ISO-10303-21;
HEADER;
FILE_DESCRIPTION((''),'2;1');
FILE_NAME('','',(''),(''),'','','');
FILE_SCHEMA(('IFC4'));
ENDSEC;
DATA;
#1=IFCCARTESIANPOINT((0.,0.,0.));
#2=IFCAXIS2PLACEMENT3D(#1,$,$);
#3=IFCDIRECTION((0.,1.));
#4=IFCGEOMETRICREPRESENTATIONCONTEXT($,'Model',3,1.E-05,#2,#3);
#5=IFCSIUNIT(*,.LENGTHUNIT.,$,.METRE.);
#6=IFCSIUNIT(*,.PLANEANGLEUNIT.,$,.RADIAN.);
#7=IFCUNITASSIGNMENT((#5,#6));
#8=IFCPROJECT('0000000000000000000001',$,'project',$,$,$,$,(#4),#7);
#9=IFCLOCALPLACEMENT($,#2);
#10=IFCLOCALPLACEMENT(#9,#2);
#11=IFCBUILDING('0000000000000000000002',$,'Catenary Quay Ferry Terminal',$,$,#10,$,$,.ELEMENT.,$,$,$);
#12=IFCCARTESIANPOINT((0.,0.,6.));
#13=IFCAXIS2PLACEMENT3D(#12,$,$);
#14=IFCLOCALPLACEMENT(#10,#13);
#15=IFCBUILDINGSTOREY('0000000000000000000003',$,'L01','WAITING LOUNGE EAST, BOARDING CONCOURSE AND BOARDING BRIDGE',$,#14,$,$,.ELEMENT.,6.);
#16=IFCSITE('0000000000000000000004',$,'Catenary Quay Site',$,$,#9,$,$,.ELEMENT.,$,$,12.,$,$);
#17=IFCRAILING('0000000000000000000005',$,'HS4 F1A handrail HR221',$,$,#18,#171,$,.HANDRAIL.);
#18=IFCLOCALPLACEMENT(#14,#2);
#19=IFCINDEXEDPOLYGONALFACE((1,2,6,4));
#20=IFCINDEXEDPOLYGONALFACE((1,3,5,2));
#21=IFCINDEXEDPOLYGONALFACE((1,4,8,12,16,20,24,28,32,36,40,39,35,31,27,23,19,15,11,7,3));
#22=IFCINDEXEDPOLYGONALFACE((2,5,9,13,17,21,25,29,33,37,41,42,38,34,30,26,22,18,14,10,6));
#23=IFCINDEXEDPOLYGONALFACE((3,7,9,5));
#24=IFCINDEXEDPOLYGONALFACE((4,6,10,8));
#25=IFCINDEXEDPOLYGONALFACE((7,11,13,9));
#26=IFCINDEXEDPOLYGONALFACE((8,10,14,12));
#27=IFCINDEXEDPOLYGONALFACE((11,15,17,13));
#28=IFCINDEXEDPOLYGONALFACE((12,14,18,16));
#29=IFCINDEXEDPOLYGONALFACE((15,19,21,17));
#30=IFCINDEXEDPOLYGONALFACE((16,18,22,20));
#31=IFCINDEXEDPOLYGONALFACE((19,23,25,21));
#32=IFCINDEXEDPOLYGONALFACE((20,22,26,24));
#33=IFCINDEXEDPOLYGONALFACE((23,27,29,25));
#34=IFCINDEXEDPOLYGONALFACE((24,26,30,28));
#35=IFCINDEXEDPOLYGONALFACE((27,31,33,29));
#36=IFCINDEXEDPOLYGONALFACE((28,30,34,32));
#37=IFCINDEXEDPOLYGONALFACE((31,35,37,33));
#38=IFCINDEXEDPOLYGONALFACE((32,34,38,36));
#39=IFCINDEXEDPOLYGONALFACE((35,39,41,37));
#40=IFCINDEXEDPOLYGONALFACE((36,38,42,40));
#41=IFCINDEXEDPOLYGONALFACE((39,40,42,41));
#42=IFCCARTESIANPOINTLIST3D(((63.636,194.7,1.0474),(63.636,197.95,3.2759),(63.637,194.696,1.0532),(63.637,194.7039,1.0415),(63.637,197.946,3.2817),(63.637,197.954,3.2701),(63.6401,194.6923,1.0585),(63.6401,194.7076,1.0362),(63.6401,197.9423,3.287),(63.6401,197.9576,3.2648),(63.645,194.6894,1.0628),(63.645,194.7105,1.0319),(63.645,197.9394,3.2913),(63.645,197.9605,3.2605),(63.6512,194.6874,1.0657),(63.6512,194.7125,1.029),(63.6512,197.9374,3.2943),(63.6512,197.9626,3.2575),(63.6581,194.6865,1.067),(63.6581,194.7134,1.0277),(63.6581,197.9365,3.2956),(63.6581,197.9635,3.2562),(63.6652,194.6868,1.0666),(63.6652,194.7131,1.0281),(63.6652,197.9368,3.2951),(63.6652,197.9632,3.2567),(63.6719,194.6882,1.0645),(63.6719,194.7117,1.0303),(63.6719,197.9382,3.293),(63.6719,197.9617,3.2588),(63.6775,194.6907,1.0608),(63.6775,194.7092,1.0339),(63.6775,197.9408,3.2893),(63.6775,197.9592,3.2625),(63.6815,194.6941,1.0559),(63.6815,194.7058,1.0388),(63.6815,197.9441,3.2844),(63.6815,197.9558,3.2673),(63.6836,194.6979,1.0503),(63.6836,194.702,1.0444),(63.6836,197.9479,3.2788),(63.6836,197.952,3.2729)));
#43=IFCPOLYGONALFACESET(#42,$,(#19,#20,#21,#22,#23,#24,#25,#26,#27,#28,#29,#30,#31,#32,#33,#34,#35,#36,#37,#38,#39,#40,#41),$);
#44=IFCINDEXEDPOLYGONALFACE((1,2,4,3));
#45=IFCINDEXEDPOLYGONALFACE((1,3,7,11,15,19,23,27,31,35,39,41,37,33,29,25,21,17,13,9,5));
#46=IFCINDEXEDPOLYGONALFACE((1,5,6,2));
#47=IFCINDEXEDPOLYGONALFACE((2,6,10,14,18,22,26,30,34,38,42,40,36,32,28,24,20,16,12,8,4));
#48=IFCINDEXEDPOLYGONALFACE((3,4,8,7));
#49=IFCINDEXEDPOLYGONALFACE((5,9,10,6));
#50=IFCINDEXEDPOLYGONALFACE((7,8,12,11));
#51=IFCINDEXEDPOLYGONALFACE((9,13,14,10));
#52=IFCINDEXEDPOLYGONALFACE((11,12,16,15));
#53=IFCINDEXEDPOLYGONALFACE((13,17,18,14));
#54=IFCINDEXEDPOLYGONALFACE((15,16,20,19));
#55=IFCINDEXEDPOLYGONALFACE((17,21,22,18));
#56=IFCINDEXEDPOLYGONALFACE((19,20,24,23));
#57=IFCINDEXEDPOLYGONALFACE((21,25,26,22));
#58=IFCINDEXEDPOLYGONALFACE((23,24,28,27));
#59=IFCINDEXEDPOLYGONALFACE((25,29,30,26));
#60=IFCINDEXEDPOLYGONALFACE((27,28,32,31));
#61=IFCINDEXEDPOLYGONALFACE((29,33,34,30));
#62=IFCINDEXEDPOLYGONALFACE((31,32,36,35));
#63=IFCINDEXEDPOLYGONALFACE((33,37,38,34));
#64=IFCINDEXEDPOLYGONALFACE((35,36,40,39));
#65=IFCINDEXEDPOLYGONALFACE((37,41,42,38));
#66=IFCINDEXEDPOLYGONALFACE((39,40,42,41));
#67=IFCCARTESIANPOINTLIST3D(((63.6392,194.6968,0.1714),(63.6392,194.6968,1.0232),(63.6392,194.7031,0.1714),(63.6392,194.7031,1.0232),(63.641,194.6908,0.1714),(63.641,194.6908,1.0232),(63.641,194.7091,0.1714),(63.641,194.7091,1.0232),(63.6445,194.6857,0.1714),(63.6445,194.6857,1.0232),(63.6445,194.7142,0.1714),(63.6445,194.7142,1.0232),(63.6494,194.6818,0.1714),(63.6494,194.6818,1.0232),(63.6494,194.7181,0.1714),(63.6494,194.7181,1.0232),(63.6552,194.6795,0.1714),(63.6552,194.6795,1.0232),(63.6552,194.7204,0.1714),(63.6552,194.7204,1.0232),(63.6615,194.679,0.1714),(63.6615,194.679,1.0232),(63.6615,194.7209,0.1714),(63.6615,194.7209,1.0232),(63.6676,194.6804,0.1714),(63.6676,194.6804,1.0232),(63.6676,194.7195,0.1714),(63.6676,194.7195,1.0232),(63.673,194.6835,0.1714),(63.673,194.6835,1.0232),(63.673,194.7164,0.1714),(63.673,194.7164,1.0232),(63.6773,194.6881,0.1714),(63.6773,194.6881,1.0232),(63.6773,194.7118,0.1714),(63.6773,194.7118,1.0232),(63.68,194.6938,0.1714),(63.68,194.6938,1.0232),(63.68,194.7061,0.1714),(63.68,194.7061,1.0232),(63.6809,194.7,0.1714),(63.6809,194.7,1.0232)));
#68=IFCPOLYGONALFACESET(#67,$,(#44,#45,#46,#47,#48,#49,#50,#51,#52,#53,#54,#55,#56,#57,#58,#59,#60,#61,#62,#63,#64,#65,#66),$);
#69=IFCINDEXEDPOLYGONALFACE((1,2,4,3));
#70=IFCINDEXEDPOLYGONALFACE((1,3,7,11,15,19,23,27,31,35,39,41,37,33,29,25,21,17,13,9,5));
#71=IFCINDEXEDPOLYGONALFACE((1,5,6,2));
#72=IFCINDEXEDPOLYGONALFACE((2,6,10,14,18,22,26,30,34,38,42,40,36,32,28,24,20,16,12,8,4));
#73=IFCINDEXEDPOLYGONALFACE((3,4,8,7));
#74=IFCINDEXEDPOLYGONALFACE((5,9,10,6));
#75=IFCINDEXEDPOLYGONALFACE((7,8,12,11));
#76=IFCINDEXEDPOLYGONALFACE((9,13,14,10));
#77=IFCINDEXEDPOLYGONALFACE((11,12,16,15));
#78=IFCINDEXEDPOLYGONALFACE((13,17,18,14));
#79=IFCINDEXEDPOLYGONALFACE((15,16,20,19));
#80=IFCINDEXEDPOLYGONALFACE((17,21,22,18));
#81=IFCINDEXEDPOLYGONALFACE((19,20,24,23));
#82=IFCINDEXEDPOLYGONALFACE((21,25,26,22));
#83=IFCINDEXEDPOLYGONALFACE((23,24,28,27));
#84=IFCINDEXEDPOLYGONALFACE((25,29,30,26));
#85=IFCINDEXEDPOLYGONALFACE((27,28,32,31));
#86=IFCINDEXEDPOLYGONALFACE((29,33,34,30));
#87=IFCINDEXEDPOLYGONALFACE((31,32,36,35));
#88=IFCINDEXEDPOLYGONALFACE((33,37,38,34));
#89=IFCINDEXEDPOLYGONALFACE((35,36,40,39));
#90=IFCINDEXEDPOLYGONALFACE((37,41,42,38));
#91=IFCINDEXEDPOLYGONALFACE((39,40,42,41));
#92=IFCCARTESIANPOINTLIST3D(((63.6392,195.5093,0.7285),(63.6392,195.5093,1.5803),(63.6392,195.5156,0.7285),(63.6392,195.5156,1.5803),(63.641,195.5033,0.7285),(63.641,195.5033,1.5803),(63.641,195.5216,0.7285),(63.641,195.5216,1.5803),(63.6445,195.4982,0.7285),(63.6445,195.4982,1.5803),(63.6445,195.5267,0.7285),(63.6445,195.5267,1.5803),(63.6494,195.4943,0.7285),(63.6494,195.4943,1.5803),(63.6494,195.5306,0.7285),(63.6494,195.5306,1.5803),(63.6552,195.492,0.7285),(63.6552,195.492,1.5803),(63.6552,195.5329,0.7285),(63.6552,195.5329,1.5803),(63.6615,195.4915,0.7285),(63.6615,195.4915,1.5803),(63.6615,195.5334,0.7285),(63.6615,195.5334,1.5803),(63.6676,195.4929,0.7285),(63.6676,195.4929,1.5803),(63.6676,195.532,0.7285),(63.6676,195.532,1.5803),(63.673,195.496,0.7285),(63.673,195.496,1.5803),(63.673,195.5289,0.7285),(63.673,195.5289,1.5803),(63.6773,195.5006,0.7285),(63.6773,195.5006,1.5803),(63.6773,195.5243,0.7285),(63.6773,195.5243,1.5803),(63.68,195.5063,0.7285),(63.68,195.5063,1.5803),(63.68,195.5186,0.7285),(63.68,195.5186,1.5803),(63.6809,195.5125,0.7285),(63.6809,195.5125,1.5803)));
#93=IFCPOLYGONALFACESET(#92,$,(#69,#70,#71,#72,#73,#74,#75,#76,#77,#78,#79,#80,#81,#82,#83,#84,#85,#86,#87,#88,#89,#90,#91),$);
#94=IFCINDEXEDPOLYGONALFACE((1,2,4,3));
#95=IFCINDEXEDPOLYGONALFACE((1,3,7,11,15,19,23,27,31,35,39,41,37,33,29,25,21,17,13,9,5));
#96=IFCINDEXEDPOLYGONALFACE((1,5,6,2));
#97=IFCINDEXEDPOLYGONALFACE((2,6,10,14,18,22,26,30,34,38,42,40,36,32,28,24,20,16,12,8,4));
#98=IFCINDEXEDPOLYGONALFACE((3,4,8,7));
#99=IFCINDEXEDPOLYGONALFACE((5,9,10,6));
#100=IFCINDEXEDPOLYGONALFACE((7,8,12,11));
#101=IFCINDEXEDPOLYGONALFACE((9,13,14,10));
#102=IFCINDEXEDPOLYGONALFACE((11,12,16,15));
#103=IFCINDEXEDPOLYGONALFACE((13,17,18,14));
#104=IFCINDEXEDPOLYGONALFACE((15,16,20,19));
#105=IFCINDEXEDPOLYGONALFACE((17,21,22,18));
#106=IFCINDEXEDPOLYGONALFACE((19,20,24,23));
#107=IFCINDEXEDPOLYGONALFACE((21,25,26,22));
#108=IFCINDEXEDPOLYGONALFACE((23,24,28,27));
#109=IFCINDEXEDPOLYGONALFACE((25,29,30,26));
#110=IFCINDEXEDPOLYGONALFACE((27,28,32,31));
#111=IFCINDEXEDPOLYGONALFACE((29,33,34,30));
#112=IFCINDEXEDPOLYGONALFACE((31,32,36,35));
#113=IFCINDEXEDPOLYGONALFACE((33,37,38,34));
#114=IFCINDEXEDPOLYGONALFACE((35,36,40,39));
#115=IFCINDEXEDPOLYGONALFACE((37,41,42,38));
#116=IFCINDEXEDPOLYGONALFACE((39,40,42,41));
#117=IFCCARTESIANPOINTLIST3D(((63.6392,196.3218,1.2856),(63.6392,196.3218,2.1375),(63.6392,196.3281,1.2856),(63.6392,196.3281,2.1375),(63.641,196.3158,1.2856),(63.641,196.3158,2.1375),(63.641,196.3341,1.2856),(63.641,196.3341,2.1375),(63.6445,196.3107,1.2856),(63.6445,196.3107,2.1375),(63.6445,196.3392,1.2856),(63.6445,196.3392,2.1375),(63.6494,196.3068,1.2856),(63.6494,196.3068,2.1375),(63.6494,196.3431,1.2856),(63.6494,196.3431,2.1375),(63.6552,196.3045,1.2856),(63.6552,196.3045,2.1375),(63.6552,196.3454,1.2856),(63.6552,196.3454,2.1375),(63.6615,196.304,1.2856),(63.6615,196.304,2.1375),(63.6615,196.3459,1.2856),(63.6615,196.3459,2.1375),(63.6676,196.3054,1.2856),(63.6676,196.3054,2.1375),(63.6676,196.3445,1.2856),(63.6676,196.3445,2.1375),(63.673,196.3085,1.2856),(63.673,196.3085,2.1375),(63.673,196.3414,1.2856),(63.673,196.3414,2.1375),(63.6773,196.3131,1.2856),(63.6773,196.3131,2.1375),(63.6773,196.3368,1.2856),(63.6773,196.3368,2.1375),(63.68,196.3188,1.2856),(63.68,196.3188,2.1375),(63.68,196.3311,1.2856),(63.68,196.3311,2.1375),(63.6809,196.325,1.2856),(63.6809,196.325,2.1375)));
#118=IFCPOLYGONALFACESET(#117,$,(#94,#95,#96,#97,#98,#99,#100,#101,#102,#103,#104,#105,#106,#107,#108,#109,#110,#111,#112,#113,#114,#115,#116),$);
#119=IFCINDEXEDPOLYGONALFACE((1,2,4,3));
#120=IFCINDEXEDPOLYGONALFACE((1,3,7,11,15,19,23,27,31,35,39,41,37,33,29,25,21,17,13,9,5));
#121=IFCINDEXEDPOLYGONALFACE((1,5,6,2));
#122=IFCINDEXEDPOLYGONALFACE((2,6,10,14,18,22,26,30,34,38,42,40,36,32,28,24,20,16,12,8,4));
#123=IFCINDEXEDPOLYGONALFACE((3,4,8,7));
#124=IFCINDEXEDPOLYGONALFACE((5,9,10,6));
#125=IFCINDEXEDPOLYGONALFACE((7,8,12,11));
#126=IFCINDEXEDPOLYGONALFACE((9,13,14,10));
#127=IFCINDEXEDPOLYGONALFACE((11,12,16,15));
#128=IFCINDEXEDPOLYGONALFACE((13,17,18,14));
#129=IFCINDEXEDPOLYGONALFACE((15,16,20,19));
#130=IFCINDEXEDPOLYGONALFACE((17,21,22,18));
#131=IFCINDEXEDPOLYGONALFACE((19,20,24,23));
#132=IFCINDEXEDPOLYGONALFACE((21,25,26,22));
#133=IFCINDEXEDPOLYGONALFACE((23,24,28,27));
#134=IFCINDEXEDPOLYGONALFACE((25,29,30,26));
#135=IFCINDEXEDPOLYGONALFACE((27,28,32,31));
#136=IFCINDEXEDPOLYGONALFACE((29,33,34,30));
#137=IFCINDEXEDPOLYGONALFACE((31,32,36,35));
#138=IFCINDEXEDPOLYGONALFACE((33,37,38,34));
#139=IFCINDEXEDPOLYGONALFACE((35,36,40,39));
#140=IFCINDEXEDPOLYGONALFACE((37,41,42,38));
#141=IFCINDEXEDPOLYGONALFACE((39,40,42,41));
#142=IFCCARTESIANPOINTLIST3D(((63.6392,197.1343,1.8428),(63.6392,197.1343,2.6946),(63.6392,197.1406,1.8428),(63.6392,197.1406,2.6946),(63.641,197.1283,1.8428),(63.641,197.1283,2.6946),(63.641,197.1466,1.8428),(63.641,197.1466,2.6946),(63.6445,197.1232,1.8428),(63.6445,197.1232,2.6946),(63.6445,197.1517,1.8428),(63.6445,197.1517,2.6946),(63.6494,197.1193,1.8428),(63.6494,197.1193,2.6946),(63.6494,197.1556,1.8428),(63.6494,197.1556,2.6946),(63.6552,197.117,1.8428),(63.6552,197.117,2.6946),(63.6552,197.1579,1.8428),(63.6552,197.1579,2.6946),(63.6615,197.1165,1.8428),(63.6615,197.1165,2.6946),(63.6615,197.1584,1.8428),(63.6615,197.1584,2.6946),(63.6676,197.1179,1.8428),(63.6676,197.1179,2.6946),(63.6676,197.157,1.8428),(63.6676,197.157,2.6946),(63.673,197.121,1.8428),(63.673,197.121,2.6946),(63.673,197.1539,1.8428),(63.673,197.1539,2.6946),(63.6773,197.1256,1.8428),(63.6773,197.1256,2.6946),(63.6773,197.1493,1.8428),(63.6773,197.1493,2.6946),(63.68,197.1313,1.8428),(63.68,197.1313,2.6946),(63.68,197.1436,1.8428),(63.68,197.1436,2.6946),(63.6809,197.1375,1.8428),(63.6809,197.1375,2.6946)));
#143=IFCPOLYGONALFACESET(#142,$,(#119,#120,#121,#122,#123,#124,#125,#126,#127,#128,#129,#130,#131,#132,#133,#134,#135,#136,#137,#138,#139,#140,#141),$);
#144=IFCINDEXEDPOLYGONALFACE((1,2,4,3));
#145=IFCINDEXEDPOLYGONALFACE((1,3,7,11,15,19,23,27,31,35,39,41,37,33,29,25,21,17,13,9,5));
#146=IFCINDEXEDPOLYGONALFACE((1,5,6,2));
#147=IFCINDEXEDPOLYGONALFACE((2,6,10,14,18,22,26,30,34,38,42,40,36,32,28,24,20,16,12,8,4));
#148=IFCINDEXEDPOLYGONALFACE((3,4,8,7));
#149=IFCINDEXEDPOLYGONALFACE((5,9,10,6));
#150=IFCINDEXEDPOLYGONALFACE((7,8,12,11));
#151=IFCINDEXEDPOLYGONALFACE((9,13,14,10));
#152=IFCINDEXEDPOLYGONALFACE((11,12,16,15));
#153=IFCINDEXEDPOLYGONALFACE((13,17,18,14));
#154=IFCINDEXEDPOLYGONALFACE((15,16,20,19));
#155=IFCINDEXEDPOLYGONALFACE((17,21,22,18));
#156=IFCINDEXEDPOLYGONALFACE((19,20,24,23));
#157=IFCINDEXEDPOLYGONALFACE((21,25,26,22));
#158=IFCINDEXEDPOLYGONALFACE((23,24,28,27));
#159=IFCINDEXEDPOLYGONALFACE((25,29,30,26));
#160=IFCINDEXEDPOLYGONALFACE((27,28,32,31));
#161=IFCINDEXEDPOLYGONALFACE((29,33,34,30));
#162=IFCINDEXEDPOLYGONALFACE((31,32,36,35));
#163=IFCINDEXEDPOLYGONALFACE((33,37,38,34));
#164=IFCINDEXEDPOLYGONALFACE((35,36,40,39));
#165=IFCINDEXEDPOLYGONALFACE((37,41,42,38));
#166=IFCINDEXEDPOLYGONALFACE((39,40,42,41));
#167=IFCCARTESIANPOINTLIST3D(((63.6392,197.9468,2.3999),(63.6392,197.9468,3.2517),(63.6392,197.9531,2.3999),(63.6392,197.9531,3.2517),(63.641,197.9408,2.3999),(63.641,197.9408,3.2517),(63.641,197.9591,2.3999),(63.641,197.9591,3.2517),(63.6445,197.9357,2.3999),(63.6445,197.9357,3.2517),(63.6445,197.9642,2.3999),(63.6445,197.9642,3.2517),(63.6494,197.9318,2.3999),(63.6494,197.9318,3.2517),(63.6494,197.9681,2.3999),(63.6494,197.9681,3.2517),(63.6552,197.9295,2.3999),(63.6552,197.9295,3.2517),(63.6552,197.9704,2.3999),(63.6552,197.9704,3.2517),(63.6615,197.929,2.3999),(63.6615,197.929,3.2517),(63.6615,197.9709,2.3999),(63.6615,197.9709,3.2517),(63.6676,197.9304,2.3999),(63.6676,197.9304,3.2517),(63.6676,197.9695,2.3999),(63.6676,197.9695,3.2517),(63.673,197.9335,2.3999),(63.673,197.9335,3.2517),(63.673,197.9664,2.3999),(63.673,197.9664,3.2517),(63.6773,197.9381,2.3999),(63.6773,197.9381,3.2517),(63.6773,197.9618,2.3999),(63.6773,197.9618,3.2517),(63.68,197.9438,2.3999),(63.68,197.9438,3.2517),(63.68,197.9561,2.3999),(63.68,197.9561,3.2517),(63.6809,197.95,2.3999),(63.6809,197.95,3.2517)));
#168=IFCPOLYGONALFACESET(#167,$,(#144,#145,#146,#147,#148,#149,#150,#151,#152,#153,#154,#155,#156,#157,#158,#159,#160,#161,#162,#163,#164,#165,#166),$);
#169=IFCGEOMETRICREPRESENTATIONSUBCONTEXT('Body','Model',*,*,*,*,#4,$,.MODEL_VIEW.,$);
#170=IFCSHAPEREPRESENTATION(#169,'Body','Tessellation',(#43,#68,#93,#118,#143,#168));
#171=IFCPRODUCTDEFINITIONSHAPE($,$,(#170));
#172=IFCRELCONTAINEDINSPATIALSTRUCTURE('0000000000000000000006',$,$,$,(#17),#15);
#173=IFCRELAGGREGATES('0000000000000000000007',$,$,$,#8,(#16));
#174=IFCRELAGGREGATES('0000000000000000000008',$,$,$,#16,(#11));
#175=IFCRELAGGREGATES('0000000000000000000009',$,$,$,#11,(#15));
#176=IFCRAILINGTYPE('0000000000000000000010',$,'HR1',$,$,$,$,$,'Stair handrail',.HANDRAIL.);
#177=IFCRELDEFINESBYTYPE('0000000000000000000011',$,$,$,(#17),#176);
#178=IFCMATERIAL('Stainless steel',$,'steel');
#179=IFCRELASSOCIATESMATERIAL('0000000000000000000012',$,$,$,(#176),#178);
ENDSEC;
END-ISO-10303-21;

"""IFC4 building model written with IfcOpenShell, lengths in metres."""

from ifc_helpers import new_model, si_unit, direction, frame, origin, origin_2d, place, context, subcontext, project, spatial, circle, extrude, material, type_object, element, save


model = new_model("IFC4")

# Units and contexts
model_context = context("Model", 3, precision=1e-05, world=origin(), true_north=direction((0.0, 1.0)))
body_context = subcontext(model_context, "Body", "Model", "MODEL_VIEW")
ifc_project = project(units=[si_unit("LENGTHUNIT", "METRE"), si_unit("PLANEANGLEUNIT", "RADIAN")], contexts=[model_context])

# Site, building, storey
site_placement = place(None, origin())
site = spatial("IfcSite", under=ifc_project, at=site_placement, Name="Catenary Quay Site", CompositionType="ELEMENT", RefElevation=12.0)
building_placement = place(site_placement, origin())
building = spatial("IfcBuilding", under=site, at=building_placement, Name="Catenary Quay Ferry Terminal", CompositionType="ELEMENT")
storey_placement = place(building_placement, frame((0.0, 0.0, 6.0)))
storey = spatial("IfcBuildingStorey", under=building, at=storey_placement, Name="L01", Description="WAITING LOUNGE EAST, BOARDING CONCOURSE AND BOARDING BRIDGE", CompositionType="ELEMENT", Elevation=6.0)

# Railing
ifc_material_1 = material(Name="Stainless steel", Category="steel")
railing_type_1 = type_object("IfcRailingType", Name="HR1", ElementType="Stair handrail", PredefinedType="HANDRAIL", material=ifc_material_1)
for number, where, name in (
    (1, (63.6599, 194.7, 0.1714), "HS4 F1A handrail HR221"),
):
    element("IfcRailing", number, at=place(storey_placement, frame(where)), inside=storey, type_object=railing_type_1, Name=name, PredefinedType="HANDRAIL", context=body_context, shape_type="SweptSolid", body=[
        extrude(circle(Radius=0.0239, at=origin_2d()), frame((0.0, 0.0, 0.876), z_axis=(0.0, 0.824735, 0.565519), x_axis=(-1.0, 0.0, 0.0)), (0.0, 0.0, 1.0), 3.9407),
        extrude(circle(Radius=0.021, at=origin_2d()), origin(), (0.0, 0.0, 1.0), 0.8518),
        extrude(circle(Radius=0.021, at=origin_2d()), frame((0.0, 0.8125, 0.5571)), (0.0, 0.0, 1.0), 0.8518),
        extrude(circle(Radius=0.021, at=origin_2d()), frame((0.0, 1.625, 1.1143)), (0.0, 0.0, 1.0), 0.8518),
        extrude(circle(Radius=0.021, at=origin_2d()), frame((0.0, 2.4375, 1.6714)), (0.0, 0.0, 1.0), 0.8518),
        extrude(circle(Radius=0.021, at=origin_2d()), frame((0.0, 3.25, 2.2285)), (0.0, 0.0, 1.0), 0.8518),
    ])

save(model, "model.ifc")
